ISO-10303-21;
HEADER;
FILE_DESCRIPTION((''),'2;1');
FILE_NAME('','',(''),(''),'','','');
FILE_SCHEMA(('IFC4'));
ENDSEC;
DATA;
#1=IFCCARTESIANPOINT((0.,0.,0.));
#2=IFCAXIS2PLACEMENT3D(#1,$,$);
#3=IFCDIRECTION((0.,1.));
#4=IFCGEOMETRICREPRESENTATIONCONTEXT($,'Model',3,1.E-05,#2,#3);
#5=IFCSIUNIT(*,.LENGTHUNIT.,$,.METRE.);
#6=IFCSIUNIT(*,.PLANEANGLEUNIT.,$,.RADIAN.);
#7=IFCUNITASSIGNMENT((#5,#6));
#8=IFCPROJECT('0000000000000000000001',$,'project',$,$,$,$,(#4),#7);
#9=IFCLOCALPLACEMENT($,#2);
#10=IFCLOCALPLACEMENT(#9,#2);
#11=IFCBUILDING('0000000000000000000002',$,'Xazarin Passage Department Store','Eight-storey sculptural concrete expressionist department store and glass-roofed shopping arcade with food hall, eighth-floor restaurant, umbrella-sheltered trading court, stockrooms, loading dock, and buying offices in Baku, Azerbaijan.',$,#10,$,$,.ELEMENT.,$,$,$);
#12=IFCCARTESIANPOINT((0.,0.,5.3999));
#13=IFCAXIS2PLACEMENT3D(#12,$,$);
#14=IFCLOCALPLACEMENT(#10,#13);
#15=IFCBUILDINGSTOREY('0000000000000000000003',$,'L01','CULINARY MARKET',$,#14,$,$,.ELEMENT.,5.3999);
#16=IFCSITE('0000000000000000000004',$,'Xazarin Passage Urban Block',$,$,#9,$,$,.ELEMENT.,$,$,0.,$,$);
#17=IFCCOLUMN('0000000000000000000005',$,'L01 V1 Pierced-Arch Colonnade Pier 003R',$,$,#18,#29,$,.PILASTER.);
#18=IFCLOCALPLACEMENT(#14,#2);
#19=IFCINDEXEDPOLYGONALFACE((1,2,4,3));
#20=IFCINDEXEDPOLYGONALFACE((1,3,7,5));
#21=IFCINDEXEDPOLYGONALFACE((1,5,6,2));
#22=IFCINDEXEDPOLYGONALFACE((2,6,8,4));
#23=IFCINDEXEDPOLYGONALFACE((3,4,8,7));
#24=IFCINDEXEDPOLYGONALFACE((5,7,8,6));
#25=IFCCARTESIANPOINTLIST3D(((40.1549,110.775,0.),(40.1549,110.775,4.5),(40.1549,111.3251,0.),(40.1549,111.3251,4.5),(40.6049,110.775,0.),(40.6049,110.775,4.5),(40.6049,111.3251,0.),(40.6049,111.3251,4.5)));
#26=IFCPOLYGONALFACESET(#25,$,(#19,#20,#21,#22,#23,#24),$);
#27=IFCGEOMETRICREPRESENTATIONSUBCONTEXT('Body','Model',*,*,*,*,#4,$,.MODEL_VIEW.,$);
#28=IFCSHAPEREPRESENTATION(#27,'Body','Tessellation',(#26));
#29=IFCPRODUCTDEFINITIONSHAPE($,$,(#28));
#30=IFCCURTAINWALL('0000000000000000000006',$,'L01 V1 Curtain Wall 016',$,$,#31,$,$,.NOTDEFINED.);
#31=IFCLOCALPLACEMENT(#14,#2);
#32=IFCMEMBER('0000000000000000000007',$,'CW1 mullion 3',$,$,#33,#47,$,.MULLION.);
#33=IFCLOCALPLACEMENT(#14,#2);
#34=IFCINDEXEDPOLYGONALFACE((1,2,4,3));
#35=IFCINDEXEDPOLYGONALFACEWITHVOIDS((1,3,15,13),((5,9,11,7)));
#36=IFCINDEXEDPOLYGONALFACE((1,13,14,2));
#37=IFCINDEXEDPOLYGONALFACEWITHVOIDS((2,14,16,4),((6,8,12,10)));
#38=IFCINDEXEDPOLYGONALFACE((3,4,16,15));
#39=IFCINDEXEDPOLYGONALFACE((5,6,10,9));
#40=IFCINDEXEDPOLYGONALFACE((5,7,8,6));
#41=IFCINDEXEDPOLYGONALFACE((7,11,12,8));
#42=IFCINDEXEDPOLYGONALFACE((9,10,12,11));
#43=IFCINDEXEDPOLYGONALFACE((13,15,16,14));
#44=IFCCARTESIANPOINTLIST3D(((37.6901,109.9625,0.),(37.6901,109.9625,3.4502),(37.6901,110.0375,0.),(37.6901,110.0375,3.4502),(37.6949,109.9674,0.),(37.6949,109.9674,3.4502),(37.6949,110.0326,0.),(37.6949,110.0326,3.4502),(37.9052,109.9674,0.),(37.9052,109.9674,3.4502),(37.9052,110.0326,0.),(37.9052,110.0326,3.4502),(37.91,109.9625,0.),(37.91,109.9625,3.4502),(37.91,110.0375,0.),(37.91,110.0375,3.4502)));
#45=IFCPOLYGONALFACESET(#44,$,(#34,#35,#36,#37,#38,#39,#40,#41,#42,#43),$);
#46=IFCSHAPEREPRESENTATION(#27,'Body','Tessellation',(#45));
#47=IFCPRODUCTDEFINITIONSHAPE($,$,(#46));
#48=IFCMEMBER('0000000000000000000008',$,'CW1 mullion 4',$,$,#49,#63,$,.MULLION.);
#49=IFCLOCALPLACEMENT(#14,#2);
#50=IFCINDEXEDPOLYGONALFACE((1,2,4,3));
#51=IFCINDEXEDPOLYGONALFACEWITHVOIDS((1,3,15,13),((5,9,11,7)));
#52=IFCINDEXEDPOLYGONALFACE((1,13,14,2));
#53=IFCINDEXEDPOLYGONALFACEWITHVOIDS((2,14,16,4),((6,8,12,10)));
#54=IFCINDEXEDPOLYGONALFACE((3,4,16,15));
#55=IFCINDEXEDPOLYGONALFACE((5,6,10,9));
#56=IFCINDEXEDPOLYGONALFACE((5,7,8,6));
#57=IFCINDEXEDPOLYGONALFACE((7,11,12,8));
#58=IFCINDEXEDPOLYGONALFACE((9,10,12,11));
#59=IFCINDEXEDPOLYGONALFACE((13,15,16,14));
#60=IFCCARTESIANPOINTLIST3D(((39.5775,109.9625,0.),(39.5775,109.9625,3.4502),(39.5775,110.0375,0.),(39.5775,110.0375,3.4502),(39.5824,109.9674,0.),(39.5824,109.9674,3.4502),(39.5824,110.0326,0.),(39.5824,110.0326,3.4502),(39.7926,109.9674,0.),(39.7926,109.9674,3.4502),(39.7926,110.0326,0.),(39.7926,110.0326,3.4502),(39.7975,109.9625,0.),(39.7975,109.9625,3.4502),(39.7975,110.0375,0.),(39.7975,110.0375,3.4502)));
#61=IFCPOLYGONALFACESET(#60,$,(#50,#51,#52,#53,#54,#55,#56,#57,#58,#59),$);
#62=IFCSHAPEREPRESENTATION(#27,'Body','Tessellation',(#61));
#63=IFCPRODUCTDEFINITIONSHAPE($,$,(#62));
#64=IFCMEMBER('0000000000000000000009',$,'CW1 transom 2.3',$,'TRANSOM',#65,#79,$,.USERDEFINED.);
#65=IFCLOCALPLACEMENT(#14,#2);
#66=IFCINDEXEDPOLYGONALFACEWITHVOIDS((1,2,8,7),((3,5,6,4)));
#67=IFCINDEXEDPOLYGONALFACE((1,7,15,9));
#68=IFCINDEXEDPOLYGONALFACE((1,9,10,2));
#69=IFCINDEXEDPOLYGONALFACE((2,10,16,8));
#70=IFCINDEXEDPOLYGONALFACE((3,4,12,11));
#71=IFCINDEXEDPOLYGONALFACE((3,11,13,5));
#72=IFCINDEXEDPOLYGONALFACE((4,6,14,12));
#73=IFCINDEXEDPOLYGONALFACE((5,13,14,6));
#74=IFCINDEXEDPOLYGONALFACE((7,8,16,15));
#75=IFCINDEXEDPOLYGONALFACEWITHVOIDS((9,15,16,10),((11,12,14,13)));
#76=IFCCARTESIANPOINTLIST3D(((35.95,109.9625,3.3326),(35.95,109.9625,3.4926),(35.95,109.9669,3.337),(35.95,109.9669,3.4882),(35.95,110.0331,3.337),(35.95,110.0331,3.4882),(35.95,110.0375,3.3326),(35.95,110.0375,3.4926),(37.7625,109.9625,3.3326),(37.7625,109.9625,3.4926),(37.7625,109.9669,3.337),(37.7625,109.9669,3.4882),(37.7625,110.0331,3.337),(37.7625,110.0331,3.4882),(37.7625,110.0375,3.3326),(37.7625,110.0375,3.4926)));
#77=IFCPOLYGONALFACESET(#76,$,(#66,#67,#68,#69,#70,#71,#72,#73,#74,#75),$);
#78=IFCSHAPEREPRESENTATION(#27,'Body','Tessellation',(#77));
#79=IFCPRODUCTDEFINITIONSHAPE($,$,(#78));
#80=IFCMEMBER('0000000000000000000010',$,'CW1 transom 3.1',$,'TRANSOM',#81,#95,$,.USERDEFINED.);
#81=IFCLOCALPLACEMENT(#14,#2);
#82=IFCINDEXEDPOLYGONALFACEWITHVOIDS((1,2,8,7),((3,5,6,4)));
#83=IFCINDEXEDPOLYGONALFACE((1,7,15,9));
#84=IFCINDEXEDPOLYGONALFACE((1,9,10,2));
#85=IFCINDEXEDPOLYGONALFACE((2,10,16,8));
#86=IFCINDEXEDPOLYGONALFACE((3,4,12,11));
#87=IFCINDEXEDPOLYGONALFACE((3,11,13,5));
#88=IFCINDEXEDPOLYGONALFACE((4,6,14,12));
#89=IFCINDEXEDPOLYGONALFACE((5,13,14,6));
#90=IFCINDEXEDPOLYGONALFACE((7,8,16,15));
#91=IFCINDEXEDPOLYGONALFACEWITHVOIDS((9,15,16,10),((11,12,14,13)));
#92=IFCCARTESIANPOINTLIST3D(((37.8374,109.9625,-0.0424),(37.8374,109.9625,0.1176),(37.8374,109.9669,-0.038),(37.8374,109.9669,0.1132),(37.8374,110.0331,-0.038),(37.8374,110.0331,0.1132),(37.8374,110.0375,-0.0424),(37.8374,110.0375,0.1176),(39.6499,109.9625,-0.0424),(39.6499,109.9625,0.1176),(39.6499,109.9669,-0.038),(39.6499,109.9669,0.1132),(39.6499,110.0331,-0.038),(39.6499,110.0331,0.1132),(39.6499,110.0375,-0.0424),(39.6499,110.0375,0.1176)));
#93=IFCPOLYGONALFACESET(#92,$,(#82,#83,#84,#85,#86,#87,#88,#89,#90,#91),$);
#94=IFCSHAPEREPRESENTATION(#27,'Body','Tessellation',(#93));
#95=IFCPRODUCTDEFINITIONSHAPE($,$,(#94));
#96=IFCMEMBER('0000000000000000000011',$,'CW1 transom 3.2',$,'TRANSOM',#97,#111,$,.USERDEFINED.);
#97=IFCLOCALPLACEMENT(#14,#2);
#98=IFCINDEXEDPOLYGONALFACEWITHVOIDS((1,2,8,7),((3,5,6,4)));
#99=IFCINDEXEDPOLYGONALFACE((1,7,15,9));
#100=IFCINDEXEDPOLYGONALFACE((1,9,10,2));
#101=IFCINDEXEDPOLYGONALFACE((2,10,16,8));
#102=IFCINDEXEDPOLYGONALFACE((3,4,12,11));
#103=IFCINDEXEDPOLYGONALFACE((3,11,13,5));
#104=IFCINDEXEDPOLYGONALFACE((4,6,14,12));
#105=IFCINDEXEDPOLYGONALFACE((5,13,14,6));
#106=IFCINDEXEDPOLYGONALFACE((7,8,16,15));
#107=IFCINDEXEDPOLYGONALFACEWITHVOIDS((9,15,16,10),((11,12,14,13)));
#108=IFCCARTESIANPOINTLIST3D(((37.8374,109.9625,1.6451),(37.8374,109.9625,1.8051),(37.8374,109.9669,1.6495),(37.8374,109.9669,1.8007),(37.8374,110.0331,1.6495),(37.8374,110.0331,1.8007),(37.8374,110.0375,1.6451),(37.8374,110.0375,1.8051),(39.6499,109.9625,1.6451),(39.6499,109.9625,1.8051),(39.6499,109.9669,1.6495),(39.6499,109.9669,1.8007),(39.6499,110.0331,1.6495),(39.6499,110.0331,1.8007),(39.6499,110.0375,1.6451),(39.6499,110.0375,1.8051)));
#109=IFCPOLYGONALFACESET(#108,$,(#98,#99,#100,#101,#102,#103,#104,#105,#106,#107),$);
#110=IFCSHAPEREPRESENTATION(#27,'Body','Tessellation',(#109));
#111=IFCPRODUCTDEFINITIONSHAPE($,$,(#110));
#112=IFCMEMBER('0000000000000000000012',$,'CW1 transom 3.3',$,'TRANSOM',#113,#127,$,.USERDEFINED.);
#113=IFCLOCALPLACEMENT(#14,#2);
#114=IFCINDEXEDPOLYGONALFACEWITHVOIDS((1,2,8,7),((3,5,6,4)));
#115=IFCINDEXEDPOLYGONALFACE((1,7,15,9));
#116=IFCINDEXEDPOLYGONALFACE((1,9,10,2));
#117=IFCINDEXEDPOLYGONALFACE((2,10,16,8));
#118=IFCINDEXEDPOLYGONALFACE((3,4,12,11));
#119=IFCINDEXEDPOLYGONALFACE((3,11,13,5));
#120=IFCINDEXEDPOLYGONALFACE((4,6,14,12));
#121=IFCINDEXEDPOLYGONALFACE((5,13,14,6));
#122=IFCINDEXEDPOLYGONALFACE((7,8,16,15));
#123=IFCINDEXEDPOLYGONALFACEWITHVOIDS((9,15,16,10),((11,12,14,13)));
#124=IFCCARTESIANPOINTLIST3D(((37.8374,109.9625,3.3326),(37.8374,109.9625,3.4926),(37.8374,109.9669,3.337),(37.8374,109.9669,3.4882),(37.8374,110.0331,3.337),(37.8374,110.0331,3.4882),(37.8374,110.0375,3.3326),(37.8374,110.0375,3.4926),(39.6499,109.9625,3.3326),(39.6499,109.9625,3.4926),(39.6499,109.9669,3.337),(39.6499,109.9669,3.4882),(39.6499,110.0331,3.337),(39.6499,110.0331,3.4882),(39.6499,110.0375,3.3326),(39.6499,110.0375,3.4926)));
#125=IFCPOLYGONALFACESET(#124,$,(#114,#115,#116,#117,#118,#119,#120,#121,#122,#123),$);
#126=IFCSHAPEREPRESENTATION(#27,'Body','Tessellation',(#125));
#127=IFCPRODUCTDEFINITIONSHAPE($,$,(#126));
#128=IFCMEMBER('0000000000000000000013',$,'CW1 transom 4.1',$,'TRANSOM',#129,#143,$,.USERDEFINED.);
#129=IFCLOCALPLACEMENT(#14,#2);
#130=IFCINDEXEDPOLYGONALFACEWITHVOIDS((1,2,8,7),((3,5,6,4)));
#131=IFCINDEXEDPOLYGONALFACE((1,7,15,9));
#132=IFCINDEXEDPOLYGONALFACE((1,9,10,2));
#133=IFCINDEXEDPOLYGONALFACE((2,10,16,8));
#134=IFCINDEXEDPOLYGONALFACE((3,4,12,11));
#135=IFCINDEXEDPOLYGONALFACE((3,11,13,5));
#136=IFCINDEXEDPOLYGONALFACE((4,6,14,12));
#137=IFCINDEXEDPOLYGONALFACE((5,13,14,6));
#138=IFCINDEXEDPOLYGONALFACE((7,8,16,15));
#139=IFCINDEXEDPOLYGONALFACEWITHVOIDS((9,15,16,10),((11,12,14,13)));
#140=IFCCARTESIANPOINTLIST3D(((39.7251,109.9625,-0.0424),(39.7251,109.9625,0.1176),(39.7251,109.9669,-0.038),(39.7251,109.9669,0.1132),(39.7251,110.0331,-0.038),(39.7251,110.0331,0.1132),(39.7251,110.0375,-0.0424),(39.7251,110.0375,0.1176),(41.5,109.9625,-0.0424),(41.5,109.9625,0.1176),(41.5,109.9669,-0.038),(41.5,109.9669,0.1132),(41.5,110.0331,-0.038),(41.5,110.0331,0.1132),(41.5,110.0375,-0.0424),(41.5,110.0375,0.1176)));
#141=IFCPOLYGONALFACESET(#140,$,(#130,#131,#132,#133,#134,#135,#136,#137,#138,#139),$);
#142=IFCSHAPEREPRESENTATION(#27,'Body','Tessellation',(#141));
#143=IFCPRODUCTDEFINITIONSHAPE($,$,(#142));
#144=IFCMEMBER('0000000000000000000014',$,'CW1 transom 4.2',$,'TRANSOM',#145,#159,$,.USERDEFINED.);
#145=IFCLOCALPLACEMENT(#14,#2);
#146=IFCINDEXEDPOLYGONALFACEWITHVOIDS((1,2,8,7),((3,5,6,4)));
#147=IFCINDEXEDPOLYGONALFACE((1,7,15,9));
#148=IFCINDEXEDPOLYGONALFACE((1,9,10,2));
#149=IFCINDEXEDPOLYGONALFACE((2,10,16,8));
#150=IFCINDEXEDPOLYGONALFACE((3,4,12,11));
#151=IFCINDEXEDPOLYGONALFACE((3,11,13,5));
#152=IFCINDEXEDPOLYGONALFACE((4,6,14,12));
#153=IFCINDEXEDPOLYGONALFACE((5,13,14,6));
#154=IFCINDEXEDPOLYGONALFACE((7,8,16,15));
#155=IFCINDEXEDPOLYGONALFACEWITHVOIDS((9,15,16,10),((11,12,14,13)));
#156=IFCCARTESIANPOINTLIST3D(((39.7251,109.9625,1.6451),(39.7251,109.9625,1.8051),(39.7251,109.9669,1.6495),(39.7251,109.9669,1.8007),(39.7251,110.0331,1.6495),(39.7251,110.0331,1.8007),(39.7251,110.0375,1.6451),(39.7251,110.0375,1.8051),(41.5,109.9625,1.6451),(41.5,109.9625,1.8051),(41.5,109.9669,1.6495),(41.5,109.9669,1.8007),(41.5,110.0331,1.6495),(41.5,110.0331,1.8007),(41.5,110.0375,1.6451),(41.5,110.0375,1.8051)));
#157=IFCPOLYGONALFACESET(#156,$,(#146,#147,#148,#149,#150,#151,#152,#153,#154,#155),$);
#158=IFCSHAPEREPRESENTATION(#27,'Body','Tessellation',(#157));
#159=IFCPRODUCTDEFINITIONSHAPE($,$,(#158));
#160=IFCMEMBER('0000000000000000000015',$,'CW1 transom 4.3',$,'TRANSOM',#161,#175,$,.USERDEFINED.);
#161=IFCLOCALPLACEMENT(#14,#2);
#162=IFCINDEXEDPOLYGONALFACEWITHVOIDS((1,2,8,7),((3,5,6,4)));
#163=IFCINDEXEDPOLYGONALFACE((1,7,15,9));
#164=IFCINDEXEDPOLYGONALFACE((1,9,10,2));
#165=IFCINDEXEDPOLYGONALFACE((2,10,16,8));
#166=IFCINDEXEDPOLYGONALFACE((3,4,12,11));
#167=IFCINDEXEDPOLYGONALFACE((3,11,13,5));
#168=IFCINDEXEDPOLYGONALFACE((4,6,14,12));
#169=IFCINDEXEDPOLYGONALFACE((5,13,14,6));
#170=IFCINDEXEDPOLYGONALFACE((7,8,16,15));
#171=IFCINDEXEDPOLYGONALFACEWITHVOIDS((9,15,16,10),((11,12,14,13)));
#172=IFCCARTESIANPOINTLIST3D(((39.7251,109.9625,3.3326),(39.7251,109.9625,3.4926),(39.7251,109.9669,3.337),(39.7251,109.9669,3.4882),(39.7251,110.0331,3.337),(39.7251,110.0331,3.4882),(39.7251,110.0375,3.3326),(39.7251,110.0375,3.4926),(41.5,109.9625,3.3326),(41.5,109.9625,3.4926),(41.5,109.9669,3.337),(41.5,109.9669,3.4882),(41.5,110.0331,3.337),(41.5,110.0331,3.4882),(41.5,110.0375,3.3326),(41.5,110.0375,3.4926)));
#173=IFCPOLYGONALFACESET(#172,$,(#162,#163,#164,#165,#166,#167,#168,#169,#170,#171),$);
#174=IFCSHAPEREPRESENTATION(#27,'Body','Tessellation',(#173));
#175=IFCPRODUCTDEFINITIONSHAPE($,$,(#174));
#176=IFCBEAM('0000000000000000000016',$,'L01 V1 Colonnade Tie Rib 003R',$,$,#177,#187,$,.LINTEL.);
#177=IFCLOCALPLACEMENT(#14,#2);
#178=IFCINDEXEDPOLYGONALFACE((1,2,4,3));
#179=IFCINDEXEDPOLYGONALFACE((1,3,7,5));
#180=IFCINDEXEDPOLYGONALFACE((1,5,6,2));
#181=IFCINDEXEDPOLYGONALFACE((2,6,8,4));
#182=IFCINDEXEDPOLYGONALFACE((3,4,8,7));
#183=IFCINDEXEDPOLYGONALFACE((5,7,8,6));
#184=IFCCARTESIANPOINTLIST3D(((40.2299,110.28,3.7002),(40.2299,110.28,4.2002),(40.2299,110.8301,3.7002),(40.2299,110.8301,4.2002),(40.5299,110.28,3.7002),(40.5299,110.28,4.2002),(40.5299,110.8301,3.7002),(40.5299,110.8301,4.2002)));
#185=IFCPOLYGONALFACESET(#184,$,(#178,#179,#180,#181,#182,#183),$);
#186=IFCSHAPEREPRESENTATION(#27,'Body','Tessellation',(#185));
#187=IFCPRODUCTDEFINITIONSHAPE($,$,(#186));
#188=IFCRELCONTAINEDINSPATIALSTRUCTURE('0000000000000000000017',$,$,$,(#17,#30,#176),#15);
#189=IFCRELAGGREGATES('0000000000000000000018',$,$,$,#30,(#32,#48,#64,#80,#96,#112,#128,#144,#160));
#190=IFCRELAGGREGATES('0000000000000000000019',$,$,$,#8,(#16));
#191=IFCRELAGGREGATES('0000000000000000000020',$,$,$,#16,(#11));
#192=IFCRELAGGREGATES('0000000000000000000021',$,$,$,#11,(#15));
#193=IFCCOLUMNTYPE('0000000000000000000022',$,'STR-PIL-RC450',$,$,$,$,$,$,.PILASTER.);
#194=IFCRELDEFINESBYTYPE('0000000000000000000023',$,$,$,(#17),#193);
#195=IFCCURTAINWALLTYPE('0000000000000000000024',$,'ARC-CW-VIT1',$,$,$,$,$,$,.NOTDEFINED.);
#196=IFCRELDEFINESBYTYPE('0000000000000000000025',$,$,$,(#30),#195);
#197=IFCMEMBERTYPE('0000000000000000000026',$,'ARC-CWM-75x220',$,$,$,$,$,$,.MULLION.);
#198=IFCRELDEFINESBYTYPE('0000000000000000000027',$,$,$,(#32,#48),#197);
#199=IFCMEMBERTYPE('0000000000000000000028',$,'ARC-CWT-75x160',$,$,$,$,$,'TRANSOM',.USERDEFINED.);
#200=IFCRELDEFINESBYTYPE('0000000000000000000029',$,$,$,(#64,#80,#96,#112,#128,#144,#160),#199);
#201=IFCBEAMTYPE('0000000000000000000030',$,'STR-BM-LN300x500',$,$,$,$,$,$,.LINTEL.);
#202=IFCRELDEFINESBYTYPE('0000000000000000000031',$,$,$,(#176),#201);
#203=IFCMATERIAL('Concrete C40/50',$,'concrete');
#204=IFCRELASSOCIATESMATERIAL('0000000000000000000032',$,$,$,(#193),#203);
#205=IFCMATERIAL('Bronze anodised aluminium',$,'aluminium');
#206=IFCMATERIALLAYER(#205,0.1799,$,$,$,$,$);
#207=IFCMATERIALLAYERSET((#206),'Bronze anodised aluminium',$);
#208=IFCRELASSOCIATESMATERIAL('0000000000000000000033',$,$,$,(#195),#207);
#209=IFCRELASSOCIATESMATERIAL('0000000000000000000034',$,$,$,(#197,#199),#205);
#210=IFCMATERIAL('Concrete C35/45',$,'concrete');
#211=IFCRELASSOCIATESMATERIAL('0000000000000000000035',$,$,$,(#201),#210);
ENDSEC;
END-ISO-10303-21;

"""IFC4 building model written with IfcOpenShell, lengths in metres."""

from ifc_helpers import new_model, si_unit, direction, frame, origin, origin_2d, place, context, subcontext, project, spatial, rectangle, hollow_rectangle, extrude, material, layer, layer_set, material_profile, profile_set, type_object, element, aggregate, save


model = new_model("IFC4")

# Units and contexts
model_context = context("Model", 3, precision=1e-05, world=origin(), true_north=direction((0.0, 1.0)))
body_context = subcontext(model_context, "Body", "Model", "MODEL_VIEW")
ifc_project = project(units=[si_unit("LENGTHUNIT", "METRE"), si_unit("PLANEANGLEUNIT", "RADIAN")], contexts=[model_context])

# Site, building, storey
site_placement = place(None, origin())
site = spatial("IfcSite", under=ifc_project, at=site_placement, Name="Xazarin Passage Urban Block", CompositionType="ELEMENT", RefElevation=0.0)
building_placement = place(site_placement, origin())
building = spatial("IfcBuilding", under=site, at=building_placement, Name="Xazarin Passage Department Store", Description="Eight-storey sculptural concrete expressionist department store and glass-roofed shopping arcade with food hall, eighth-floor restaurant, umbrella-sheltered trading court, stockrooms, loading dock, and buying offices in Baku, Azerbaijan.", CompositionType="ELEMENT")
storey_placement = place(building_placement, frame((0.0, 0.0, 5.3999)))
storey = spatial("IfcBuildingStorey", under=building, at=storey_placement, Name="L01", Description="CULINARY MARKET", CompositionType="ELEMENT", Elevation=5.3999)

# Column
ifc_material_1 = material(Name="Concrete C40/50", Category="concrete")
ifc_material_profile_1 = material_profile(ifc_material_1, rectangle(XDim=0.45, YDim=0.55, at=origin_2d()), Name="RC 450x550")
ifc_profile_set_1 = profile_set([ifc_material_profile_1], Name="Concrete C40/50")
column_type = type_object("IfcColumnType", Name="STR-PIL-RC450", PredefinedType="PILASTER", material=ifc_profile_set_1)
column_placement = place(storey_placement, frame((40.3799, 111.05, 0.0), z_axis=(0.0, 0.0, 1.0), x_axis=(1.0, 0.0, 0.0)))
element("IfcColumn", 1, at=column_placement, inside=storey, type_object=column_type, Name="L01 V1 Pierced-Arch Colonnade Pier 003R", PredefinedType="PILASTER", context=body_context, shape_type="SweptSolid", body=[
    extrude(rectangle(XDim=0.45, YDim=0.55, at=origin_2d()), origin(), (0.0, 0.0, 1.0), 4.5),
])

# Curtain wall, members
ifc_material_2 = material(Name="Bronze anodised aluminium", Category="aluminium")
ifc_layer_1 = layer(ifc_material_2, 0.1799)
ifc_layer_set_1 = layer_set([ifc_layer_1], Name="Bronze anodised aluminium")
curtain_wall_type = type_object("IfcCurtainWallType", Name="ARC-CW-VIT1", PredefinedType="NOTDEFINED", material=ifc_layer_set_1)
curtain_wall_placement = place(storey_placement, origin())
curtain_wall = element("IfcCurtainWall", 2, at=curtain_wall_placement, inside=storey, type_object=curtain_wall_type, Name="L01 V1 Curtain Wall 016", PredefinedType="NOTDEFINED")
ifc_material_profile_2 = material_profile(ifc_material_2, hollow_rectangle(XDim=0.075, YDim=0.22, WallThickness=0.0049, at=origin_2d()), Name="ALU 75x220")
ifc_profile_set_2 = profile_set([ifc_material_profile_2], Name="Bronze anodised aluminium")
member_type_1 = type_object("IfcMemberType", Name="ARC-CWM-75x220", PredefinedType="MULLION", material=ifc_profile_set_2)
member_1_placement = place(storey_placement, frame((37.8, 110.0, 0.0), z_axis=(0.0, 0.0, 1.0), x_axis=(0.0, 1.0, 0.0)))
member_1 = element("IfcMember", 3, at=member_1_placement, type_object=member_type_1, Name="CW1 mullion 3", PredefinedType="MULLION", context=body_context, shape_type="SweptSolid", body=[
    extrude(hollow_rectangle(XDim=0.075, YDim=0.22, WallThickness=0.0049, at=origin_2d()), origin(), (0.0, 0.0, 1.0), 3.4502),
])
member_2_placement = place(storey_placement, frame((39.6875, 110.0, 0.0), z_axis=(0.0, 0.0, 1.0), x_axis=(0.0, 1.0, 0.0)))
member_2 = element("IfcMember", 4, at=member_2_placement, type_object=member_type_1, Name="CW1 mullion 4", PredefinedType="MULLION", context=body_context, shape_type="SweptSolid", body=[
    extrude(hollow_rectangle(XDim=0.075, YDim=0.22, WallThickness=0.0049, at=origin_2d()), origin(), (0.0, 0.0, 1.0), 3.4502),
])
ifc_material_profile_3 = material_profile(ifc_material_2, hollow_rectangle(XDim=0.075, YDim=0.1599, WallThickness=0.0044, at=origin_2d()), Name="ALU 75x160")
ifc_profile_set_3 = profile_set([ifc_material_profile_3], Name="Bronze anodised aluminium")
member_type_2 = type_object("IfcMemberType", Name="ARC-CWT-75x160", ElementType="TRANSOM", PredefinedType="USERDEFINED", material=ifc_profile_set_3)
member_3_placement = place(storey_placement, frame((35.95, 110.0, 3.4126), z_axis=(1.0, 0.0, 0.0), x_axis=(0.0, 1.0, 0.0)))
member_3 = element("IfcMember", 5, at=member_3_placement, type_object=member_type_2, Name="CW1 transom 2.3", ObjectType="TRANSOM", PredefinedType="USERDEFINED", context=body_context, shape_type="SweptSolid", body=[
    extrude(hollow_rectangle(XDim=0.075, YDim=0.1599, WallThickness=0.0044, at=origin_2d()), origin(), (0.0, 0.0, 1.0), 1.8125),
])
member_4_placement = place(storey_placement, frame((37.8374, 110.0, 0.0376), z_axis=(1.0, 0.0, 0.0), x_axis=(0.0, 1.0, 0.0)))
member_4 = element("IfcMember", 6, at=member_4_placement, type_object=member_type_2, Name="CW1 transom 3.1", ObjectType="TRANSOM", PredefinedType="USERDEFINED", context=body_context, shape_type="SweptSolid", body=[
    extrude(hollow_rectangle(XDim=0.075, YDim=0.1599, WallThickness=0.0044, at=origin_2d()), origin(), (0.0, 0.0, 1.0), 1.8125),
])
member_5_placement = place(storey_placement, frame((37.8374, 110.0, 1.7251), z_axis=(1.0, 0.0, 0.0), x_axis=(0.0, 1.0, 0.0)))
member_5 = element("IfcMember", 7, at=member_5_placement, type_object=member_type_2, Name="CW1 transom 3.2", ObjectType="TRANSOM", PredefinedType="USERDEFINED", context=body_context, shape_type="SweptSolid", body=[
    extrude(hollow_rectangle(XDim=0.075, YDim=0.1599, WallThickness=0.0044, at=origin_2d()), origin(), (0.0, 0.0, 1.0), 1.8125),
])
member_6_placement = place(storey_placement, frame((37.8374, 110.0, 3.4126), z_axis=(1.0, 0.0, 0.0), x_axis=(0.0, 1.0, 0.0)))
member_6 = element("IfcMember", 8, at=member_6_placement, type_object=member_type_2, Name="CW1 transom 3.3", ObjectType="TRANSOM", PredefinedType="USERDEFINED", context=body_context, shape_type="SweptSolid", body=[
    extrude(hollow_rectangle(XDim=0.075, YDim=0.1599, WallThickness=0.0044, at=origin_2d()), origin(), (0.0, 0.0, 1.0), 1.8125),
])
member_7_placement = place(storey_placement, frame((39.7251, 110.0, 0.0376), z_axis=(1.0, 0.0, 0.0), x_axis=(0.0, 1.0, 0.0)))
member_7 = element("IfcMember", 9, at=member_7_placement, type_object=member_type_2, Name="CW1 transom 4.1", ObjectType="TRANSOM", PredefinedType="USERDEFINED", context=body_context, shape_type="SweptSolid", body=[
    extrude(hollow_rectangle(XDim=0.075, YDim=0.1599, WallThickness=0.0044, at=origin_2d()), origin(), (0.0, 0.0, 1.0), 1.7749),
])
member_8_placement = place(storey_placement, frame((39.7251, 110.0, 1.7251), z_axis=(1.0, 0.0, 0.0), x_axis=(0.0, 1.0, 0.0)))
member_8 = element("IfcMember", 10, at=member_8_placement, type_object=member_type_2, Name="CW1 transom 4.2", ObjectType="TRANSOM", PredefinedType="USERDEFINED", context=body_context, shape_type="SweptSolid", body=[
    extrude(hollow_rectangle(XDim=0.075, YDim=0.1599, WallThickness=0.0044, at=origin_2d()), origin(), (0.0, 0.0, 1.0), 1.7749),
])
member_9_placement = place(storey_placement, frame((39.7251, 110.0, 3.4126), z_axis=(1.0, 0.0, 0.0), x_axis=(0.0, 1.0, 0.0)))
member_9 = element("IfcMember", 11, at=member_9_placement, type_object=member_type_2, Name="CW1 transom 4.3", ObjectType="TRANSOM", PredefinedType="USERDEFINED", context=body_context, shape_type="SweptSolid", body=[
    extrude(hollow_rectangle(XDim=0.075, YDim=0.1599, WallThickness=0.0044, at=origin_2d()), origin(), (0.0, 0.0, 1.0), 1.7749),
])

# Beam
ifc_material_3 = material(Name="Concrete C35/45", Category="concrete")
ifc_material_profile_4 = material_profile(ifc_material_3, rectangle(XDim=0.3, YDim=0.5, at=origin_2d()), Name="RC 300x500")
ifc_profile_set_4 = profile_set([ifc_material_profile_4], Name="Concrete C35/45")
beam_type = type_object("IfcBeamType", Name="STR-BM-LN300x500", PredefinedType="LINTEL", material=ifc_profile_set_4)
beam_placement = place(storey_placement, frame((40.3799, 110.28, 3.9502), z_axis=(0.0, 1.0, 0.0), x_axis=(-1.0, 0.0, 0.0)))
element("IfcBeam", 12, at=beam_placement, inside=storey, type_object=beam_type, Name="L01 V1 Colonnade Tie Rib 003R", PredefinedType="LINTEL", context=body_context, shape_type="SweptSolid", body=[
    extrude(rectangle(XDim=0.3, YDim=0.5, at=origin_2d()), origin(), (0.0, 0.0, 1.0), 0.55),
])

aggregate(curtain_wall, [member_1, member_2, member_3, member_4, member_5, member_6, member_7, member_8, member_9])

save(model, "model.ifc")
